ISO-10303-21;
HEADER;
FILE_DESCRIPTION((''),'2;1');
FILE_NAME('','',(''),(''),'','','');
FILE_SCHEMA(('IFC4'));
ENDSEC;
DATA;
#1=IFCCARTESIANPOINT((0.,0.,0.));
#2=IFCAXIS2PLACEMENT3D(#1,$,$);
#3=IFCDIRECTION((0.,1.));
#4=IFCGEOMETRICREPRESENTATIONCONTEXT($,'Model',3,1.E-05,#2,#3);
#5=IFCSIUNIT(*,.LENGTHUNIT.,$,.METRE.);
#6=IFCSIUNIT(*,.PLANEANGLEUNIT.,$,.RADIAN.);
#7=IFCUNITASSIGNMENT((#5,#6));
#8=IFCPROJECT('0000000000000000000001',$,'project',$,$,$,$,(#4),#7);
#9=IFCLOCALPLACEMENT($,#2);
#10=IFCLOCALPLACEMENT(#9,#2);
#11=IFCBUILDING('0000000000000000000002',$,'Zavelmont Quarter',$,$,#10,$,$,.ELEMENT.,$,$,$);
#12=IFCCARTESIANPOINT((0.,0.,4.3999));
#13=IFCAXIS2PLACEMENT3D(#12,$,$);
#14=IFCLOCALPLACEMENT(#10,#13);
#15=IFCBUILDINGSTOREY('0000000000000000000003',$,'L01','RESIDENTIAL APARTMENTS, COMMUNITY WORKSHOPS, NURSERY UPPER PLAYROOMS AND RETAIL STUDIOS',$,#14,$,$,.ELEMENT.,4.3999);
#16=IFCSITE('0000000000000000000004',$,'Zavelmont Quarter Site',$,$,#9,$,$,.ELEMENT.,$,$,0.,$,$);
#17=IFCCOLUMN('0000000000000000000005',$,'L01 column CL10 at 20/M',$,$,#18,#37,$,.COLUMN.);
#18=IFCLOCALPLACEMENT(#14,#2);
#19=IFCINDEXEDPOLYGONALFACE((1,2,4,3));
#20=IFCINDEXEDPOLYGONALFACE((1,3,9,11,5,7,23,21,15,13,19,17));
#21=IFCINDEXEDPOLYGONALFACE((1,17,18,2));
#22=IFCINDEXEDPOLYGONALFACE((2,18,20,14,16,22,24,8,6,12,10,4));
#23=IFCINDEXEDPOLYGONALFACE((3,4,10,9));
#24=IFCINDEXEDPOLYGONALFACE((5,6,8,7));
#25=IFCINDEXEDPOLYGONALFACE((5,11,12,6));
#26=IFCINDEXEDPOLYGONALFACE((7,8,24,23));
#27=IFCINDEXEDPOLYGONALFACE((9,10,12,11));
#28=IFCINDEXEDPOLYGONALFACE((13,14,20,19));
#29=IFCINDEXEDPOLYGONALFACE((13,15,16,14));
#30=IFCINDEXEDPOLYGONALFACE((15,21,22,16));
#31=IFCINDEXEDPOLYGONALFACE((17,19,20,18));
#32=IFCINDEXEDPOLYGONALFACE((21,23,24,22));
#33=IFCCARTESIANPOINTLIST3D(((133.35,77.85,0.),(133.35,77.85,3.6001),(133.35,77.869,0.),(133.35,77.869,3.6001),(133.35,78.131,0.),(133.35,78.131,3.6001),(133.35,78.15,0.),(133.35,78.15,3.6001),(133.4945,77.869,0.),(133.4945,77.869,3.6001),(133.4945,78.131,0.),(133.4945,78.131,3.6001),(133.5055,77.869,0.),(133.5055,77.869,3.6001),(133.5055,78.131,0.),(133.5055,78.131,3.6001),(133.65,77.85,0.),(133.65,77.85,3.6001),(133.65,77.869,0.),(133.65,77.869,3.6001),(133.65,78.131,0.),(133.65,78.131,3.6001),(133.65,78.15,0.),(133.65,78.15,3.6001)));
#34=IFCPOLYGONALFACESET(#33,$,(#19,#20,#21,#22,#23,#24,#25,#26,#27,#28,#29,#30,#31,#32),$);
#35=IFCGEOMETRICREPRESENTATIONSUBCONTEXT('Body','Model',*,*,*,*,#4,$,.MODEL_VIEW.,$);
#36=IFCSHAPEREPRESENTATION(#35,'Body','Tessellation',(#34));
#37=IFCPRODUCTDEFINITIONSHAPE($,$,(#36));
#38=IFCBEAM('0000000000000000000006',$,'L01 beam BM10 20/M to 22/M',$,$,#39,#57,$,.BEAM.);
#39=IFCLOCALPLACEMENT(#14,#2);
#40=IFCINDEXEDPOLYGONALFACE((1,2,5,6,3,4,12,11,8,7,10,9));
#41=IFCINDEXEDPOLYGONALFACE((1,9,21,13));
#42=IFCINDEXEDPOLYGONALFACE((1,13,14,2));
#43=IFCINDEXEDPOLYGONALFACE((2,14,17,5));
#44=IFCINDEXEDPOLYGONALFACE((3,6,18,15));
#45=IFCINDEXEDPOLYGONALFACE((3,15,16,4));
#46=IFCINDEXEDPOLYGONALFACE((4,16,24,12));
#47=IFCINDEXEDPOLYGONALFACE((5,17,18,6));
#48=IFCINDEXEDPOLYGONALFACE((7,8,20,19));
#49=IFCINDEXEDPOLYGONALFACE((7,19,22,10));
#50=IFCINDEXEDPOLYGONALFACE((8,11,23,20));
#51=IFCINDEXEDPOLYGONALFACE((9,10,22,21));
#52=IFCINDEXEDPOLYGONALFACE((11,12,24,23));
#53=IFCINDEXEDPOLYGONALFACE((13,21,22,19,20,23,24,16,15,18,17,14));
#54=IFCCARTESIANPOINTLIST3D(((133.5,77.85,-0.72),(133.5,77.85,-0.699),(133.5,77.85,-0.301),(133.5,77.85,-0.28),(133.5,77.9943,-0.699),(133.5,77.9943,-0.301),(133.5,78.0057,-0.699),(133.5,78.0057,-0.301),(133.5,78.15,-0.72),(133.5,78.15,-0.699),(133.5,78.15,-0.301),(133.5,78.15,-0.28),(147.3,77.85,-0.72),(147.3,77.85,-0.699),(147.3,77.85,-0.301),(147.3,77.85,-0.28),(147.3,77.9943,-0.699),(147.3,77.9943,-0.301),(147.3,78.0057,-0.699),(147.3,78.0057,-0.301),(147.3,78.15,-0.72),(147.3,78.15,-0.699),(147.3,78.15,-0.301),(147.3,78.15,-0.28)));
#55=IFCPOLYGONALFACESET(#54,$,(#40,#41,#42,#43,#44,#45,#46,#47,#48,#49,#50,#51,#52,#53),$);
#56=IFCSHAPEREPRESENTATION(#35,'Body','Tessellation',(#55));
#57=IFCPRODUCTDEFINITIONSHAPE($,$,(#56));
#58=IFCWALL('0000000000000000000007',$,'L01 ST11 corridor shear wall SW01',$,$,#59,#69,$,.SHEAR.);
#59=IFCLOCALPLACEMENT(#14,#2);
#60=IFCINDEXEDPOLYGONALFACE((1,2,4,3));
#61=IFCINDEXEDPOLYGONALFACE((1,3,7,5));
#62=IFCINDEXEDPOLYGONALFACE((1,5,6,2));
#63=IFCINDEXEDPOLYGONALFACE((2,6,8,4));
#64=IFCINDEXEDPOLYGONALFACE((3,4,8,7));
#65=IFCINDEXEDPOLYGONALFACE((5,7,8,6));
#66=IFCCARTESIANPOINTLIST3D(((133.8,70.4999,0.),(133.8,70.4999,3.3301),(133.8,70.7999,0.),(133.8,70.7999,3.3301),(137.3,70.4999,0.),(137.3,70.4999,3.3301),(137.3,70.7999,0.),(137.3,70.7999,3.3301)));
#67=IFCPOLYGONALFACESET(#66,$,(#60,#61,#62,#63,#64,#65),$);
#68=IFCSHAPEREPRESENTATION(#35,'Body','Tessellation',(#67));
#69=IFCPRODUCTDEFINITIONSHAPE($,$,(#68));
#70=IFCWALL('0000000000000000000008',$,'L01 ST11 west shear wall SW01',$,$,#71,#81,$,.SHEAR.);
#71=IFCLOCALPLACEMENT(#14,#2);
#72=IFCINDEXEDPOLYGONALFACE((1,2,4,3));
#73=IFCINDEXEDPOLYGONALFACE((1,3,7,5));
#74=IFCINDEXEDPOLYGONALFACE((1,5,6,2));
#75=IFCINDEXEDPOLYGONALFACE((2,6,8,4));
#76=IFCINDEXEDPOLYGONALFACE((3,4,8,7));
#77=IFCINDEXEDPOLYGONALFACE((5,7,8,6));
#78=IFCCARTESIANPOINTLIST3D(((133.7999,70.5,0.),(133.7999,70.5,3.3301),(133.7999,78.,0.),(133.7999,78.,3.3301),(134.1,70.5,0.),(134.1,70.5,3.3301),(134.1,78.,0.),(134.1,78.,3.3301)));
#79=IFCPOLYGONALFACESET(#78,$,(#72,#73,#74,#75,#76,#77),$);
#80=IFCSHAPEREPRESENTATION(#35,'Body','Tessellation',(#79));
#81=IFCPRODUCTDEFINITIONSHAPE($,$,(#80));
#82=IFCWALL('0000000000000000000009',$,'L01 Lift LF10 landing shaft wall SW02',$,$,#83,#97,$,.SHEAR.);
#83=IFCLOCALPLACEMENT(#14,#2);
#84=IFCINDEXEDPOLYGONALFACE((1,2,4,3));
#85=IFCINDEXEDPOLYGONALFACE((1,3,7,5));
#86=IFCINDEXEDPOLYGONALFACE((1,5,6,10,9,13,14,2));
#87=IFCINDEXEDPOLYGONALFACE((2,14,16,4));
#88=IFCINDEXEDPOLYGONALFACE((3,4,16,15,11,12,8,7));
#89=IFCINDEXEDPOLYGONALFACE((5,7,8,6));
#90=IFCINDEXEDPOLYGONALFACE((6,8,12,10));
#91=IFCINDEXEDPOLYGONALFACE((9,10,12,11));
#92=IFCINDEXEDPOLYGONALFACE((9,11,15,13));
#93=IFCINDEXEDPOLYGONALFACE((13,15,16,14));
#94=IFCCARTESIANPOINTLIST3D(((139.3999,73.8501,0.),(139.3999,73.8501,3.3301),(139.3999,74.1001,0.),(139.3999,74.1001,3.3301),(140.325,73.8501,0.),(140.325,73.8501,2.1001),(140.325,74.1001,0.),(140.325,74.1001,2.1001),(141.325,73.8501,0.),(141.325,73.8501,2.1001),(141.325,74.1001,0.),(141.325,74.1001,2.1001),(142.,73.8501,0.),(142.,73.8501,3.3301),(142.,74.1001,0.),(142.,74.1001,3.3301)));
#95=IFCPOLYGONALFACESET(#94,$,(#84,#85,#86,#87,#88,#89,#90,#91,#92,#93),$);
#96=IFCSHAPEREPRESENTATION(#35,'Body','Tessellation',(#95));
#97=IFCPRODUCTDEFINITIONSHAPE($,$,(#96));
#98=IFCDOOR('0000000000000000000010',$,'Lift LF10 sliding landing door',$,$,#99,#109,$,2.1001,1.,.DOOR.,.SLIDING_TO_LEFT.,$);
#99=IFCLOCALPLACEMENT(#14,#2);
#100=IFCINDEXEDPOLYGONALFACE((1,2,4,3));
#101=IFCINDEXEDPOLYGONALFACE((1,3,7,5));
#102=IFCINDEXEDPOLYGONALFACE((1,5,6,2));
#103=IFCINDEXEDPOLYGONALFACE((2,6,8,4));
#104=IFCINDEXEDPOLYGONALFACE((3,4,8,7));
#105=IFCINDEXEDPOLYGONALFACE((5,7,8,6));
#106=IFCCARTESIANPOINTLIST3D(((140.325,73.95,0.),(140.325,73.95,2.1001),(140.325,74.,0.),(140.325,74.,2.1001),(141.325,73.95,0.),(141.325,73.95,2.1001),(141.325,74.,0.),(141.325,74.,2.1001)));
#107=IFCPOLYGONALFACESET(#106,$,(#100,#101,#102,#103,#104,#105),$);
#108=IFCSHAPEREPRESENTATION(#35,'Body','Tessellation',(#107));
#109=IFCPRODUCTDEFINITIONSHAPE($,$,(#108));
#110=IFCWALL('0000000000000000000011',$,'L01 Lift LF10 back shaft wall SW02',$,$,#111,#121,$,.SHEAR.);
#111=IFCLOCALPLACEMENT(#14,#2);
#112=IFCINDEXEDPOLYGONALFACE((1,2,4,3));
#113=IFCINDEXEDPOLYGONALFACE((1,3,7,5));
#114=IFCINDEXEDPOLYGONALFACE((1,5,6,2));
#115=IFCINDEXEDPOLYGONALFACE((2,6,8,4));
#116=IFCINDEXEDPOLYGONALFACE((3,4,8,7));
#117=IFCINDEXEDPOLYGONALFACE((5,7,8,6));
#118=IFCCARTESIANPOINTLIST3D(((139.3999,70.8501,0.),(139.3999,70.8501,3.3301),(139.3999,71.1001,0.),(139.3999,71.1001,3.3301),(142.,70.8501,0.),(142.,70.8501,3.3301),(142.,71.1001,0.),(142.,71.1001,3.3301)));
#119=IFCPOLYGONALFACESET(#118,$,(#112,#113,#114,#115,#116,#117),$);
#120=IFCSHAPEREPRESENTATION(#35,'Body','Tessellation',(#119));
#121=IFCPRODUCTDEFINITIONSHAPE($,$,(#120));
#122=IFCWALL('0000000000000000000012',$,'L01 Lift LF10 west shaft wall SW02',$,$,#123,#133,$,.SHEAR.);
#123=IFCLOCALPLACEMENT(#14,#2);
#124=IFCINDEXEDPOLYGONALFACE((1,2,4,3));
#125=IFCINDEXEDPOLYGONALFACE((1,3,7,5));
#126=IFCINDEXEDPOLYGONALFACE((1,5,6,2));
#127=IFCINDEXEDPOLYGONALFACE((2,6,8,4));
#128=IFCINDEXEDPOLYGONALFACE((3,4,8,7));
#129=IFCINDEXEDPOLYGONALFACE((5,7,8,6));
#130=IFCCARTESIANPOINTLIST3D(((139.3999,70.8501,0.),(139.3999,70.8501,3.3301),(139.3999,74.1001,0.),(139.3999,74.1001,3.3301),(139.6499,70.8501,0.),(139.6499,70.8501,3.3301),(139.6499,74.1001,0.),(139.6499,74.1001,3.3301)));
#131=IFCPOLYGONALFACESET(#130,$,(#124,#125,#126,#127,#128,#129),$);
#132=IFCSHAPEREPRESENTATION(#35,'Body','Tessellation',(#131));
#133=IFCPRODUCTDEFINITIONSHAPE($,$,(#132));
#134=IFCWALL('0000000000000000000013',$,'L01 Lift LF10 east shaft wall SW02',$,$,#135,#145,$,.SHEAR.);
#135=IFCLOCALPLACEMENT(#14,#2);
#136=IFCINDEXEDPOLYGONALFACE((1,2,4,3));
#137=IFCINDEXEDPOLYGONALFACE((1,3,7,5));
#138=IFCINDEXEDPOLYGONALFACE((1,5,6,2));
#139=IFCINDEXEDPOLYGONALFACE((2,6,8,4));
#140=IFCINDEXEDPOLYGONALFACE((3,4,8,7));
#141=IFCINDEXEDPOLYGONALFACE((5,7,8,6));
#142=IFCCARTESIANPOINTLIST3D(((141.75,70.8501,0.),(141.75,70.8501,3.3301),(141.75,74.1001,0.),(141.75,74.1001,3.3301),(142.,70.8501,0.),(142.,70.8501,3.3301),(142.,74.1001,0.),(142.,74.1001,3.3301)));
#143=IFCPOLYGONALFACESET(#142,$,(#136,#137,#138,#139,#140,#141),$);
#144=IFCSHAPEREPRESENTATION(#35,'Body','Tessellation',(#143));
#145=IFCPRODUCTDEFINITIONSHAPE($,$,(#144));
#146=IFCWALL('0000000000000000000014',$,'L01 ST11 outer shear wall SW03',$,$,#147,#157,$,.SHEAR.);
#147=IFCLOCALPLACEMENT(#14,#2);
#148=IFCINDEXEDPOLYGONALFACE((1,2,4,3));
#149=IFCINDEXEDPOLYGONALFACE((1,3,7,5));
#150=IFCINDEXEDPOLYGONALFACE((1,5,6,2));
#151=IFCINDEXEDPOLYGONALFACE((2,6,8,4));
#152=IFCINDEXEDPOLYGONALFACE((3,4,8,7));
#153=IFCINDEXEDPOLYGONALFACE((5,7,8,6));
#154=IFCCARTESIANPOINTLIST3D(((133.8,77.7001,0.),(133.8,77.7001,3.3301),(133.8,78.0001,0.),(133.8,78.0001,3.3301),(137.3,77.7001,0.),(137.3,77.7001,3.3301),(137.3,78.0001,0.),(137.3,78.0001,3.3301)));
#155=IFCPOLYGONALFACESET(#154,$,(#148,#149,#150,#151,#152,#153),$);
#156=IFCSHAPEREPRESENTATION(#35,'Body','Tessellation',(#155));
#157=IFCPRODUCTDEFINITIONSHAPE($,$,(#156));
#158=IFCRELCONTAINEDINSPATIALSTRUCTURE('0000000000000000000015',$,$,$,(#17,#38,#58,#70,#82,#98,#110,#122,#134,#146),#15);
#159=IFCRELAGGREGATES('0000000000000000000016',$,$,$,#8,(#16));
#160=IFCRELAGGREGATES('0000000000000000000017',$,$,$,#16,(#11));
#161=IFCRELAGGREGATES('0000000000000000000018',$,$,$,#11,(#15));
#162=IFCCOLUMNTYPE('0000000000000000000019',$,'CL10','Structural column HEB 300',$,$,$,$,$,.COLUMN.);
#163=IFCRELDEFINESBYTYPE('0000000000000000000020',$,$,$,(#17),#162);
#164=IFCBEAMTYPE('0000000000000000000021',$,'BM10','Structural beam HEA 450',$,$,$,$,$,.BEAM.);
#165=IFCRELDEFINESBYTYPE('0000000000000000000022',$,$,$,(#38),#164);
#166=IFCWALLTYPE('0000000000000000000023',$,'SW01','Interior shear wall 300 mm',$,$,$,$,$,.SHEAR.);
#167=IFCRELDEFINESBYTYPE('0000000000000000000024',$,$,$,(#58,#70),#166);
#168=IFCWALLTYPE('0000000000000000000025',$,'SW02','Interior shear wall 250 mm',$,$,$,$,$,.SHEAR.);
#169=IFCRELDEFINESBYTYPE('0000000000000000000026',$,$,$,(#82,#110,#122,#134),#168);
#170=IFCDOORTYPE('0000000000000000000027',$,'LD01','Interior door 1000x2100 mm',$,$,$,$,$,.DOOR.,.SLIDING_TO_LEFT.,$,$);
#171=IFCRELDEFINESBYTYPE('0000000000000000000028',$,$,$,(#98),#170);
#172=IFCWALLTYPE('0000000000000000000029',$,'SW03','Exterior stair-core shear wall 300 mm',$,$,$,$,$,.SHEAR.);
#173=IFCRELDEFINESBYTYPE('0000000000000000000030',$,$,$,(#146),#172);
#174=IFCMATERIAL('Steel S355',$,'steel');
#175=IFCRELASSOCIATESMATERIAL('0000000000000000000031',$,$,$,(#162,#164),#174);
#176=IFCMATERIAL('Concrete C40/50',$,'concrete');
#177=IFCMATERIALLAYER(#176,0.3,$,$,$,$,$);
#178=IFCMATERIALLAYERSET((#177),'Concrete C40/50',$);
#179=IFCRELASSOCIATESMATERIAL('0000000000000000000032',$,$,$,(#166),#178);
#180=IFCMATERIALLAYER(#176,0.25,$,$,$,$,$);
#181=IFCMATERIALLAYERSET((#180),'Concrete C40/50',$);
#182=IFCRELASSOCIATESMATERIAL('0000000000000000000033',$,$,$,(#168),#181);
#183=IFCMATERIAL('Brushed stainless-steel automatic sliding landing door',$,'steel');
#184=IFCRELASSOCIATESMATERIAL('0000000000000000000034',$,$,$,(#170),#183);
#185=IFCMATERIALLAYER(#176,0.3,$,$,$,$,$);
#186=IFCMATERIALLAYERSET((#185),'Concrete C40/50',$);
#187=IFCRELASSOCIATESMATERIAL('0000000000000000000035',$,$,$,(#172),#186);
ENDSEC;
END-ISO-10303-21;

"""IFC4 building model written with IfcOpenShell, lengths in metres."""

from ifc_helpers import new_model, si_unit, direction, frame, frame_2d, origin, origin_with_axes, origin_2d, place, context, subcontext, project, spatial, rectangle, i_section, extrude, material, layer, layer_set, material_profile, profile_set, type_object, element, fill, save


model = new_model("IFC4")

# Units and contexts
model_context = context("Model", 3, precision=1e-05, world=origin(), true_north=direction((0.0, 1.0)))
body_context = subcontext(model_context, "Body", "Model", "MODEL_VIEW")
ifc_project = project(units=[si_unit("LENGTHUNIT", "METRE"), si_unit("PLANEANGLEUNIT", "RADIAN")], contexts=[model_context])

# Site, building, storey
site_placement = place(None, origin())
site = spatial("IfcSite", under=ifc_project, at=site_placement, Name="Zavelmont Quarter Site", CompositionType="ELEMENT", RefElevation=0.0)
building_placement = place(site_placement, origin())
building = spatial("IfcBuilding", under=site, at=building_placement, Name="Zavelmont Quarter", CompositionType="ELEMENT")
storey_placement = place(building_placement, frame((0.0, 0.0, 4.3999)))
storey = spatial("IfcBuildingStorey", under=building, at=storey_placement, Name="L01", Description="RESIDENTIAL APARTMENTS, COMMUNITY WORKSHOPS, NURSERY UPPER PLAYROOMS AND RETAIL STUDIOS", CompositionType="ELEMENT", Elevation=4.3999)

# Column
ifc_material_1 = material(Name="Steel S355", Category="steel")
ifc_material_profile_1 = material_profile(ifc_material_1, i_section(OverallWidth=0.3, OverallDepth=0.3, WebThickness=0.011, FlangeThickness=0.019, at=origin_2d()), Name="HEB 300")
ifc_profile_set_1 = profile_set([ifc_material_profile_1], Name="Steel S355")
column_type = type_object("IfcColumnType", Name="CL10", Description="Structural column HEB 300", PredefinedType="COLUMN", material=ifc_profile_set_1)
column_placement = place(storey_placement, frame((133.5, 78.0, 0.0), z_axis=(0.0, 0.0, 1.0), x_axis=(1.0, 0.0, 0.0)))
element("IfcColumn", 1, at=column_placement, inside=storey, type_object=column_type, Name="L01 column CL10 at 20/M", PredefinedType="COLUMN", context=body_context, shape_type="SweptSolid", body=[
    extrude(i_section(OverallWidth=0.3, OverallDepth=0.3, WebThickness=0.011, FlangeThickness=0.019, at=origin_2d()), origin(), (0.0, 0.0, 1.0), 3.6001),
])

# Beam
ifc_material_profile_2 = material_profile(ifc_material_1, i_section(OverallWidth=0.3, OverallDepth=0.4399, WebThickness=0.0115, FlangeThickness=0.021, at=origin_2d()), Name="HEA 450")
ifc_profile_set_2 = profile_set([ifc_material_profile_2], Name="Steel S355")
beam_type = type_object("IfcBeamType", Name="BM10", Description="Structural beam HEA 450", PredefinedType="BEAM", material=ifc_profile_set_2)
beam_placement = place(storey_placement, frame((133.5, 78.0, -0.5), z_axis=(1.0, 0.0, 0.0), x_axis=(0.0, 1.0, 0.0)))
element("IfcBeam", 2, at=beam_placement, inside=storey, type_object=beam_type, Name="L01 beam BM10 20/M to 22/M", PredefinedType="BEAM", context=body_context, shape_type="SweptSolid", body=[
    extrude(i_section(OverallWidth=0.3, OverallDepth=0.4399, WebThickness=0.0115, FlangeThickness=0.021, at=origin_2d()), origin(), (0.0, 0.0, 1.0), 13.8),
])

# Walls
ifc_material_2 = material(Name="Concrete C40/50", Category="concrete")
ifc_layer_1 = layer(ifc_material_2, 0.3)
ifc_layer_set_1 = layer_set([ifc_layer_1], Name="Concrete C40/50")
wall_type_1 = type_object("IfcWallType", Name="SW01", Description="Interior shear wall 300 mm", PredefinedType="SHEAR", material=ifc_layer_set_1)
wall_1_placement = place(storey_placement, frame((133.8, 70.6499, 0.0), z_axis=(0.0, 0.0, 1.0), x_axis=(1.0, 0.0, 0.0)))
element("IfcWall", 3, at=wall_1_placement, inside=storey, type_object=wall_type_1, Name="L01 ST11 corridor shear wall SW01", PredefinedType="SHEAR", context=body_context, shape_type="SweptSolid", body=[
    extrude(rectangle(XDim=3.5, YDim=0.3, at=frame_2d((1.75, 0.0))), origin(), (0.0, 0.0, 1.0), 3.3301),
])
wall_2_placement = place(storey_placement, frame((133.95, 70.5, 0.0), z_axis=(0.0, 0.0, 1.0), x_axis=(0.0, 1.0, 0.0)))
element("IfcWall", 4, at=wall_2_placement, inside=storey, type_object=wall_type_1, Name="L01 ST11 west shear wall SW01", PredefinedType="SHEAR", context=body_context, shape_type="SweptSolid", body=[
    extrude(rectangle(XDim=7.5, YDim=0.3, at=frame_2d((3.75, 0.0))), origin(), (0.0, 0.0, 1.0), 3.3301),
])

# Wall, opening, door
ifc_layer_2 = layer(ifc_material_2, 0.25)
ifc_layer_set_2 = layer_set([ifc_layer_2], Name="Concrete C40/50")
wall_type_2 = type_object("IfcWallType", Name="SW02", Description="Interior shear wall 250 mm", PredefinedType="SHEAR", material=ifc_layer_set_2)
wall_3_placement = place(storey_placement, frame((139.3999, 73.9751, 0.0), z_axis=(0.0, 0.0, 1.0), x_axis=(1.0, 0.0, 0.0)))
wall_3 = element("IfcWall", 5, at=wall_3_placement, inside=storey, type_object=wall_type_2, Name="L01 Lift LF10 landing shaft wall SW02", PredefinedType="SHEAR", context=body_context, shape_type="SweptSolid", body=[
    extrude(rectangle(XDim=2.6001, YDim=0.25, at=frame_2d((1.3, 0.0))), origin(), (0.0, 0.0, 1.0), 3.3301),
])
opening_1_placement = place(wall_3_placement, frame((0.925, 0.0, 0.0)))
opening_1 = element("IfcOpeningElement", 6, at=opening_1_placement, cuts=wall_3, PredefinedType="OPENING", context=body_context, shape_type="SweptSolid", body=[
    extrude(rectangle(XDim=1.0, YDim=2.1001, at=frame_2d((0.5, 1.05))), frame((0.0, 0.137, 0.0), z_axis=(0.0, -1.0, 0.0), x_axis=(1.0, 0.0, 0.0)), (0.0, 0.0, 1.0), 0.2739),
])
ifc_material_3 = material(Name="Brushed stainless-steel automatic sliding landing door", Category="steel")
door_type_1 = type_object("IfcDoorType", Name="LD01", Description="Interior door 1000x2100 mm", OperationType="SLIDING_TO_LEFT", PredefinedType="DOOR", material=ifc_material_3)
door_1_placement = place(opening_1_placement, origin_with_axes())
door_1 = element("IfcDoor", 7, at=door_1_placement, inside=storey, type_object=door_type_1, Name="Lift LF10 sliding landing door", OperationType="SLIDING_TO_LEFT", OverallHeight=2.1001, OverallWidth=1.0, PredefinedType="DOOR", context=body_context, shape_type="SweptSolid", body=[
    extrude(rectangle(XDim=1.0, YDim=2.1001, at=frame_2d((0.5, 1.05))), frame((0.0, 0.0249, 0.0), z_axis=(0.0, -1.0, 0.0), x_axis=(1.0, 0.0, 0.0)), (0.0, 0.0, 1.0), 0.05),
])
fill(opening_1, door_1)

# Walls
wall_4_placement = place(storey_placement, frame((139.3999, 70.9751, 0.0), z_axis=(0.0, 0.0, 1.0), x_axis=(1.0, 0.0, 0.0)))
element("IfcWall", 8, at=wall_4_placement, inside=storey, type_object=wall_type_2, Name="L01 Lift LF10 back shaft wall SW02", PredefinedType="SHEAR", context=body_context, shape_type="SweptSolid", body=[
    extrude(rectangle(XDim=2.6001, YDim=0.25, at=frame_2d((1.3, 0.0))), origin(), (0.0, 0.0, 1.0), 3.3301),
])
for number, where, z_axis, x_axis, name in (
    (9, (139.5249, 70.8501, 0.0), (0.0, 0.0, 1.0), (0.0, 1.0, 0.0), "L01 Lift LF10 west shaft wall SW02"),
    (10, (141.875, 70.8501, 0.0), (0.0, 0.0, 1.0), (0.0, 1.0, 0.0), "L01 Lift LF10 east shaft wall SW02"),
):
    element("IfcWall", number, at=place(storey_placement, frame(where, z_axis=z_axis, x_axis=x_axis)), inside=storey, type_object=wall_type_2, Name=name, PredefinedType="SHEAR", context=body_context, shape_type="SweptSolid", body=[
        extrude(rectangle(XDim=3.25, YDim=0.25, at=frame_2d((1.625, 0.0))), origin(), (0.0, 0.0, 1.0), 3.3301),
    ])
ifc_layer_3 = layer(ifc_material_2, 0.3)
ifc_layer_set_3 = layer_set([ifc_layer_3], Name="Concrete C40/50")
wall_type_3 = type_object("IfcWallType", Name="SW03", Description="Exterior stair-core shear wall 300 mm", PredefinedType="SHEAR", material=ifc_layer_set_3)
wall_5_placement = place(storey_placement, frame((133.8, 77.8501, 0.0), z_axis=(0.0, 0.0, 1.0), x_axis=(1.0, 0.0, 0.0)))
element("IfcWall", 11, at=wall_5_placement, inside=storey, type_object=wall_type_3, Name="L01 ST11 outer shear wall SW03", PredefinedType="SHEAR", context=body_context, shape_type="SweptSolid", body=[
    extrude(rectangle(XDim=3.5, YDim=0.3, at=frame_2d((1.75, 0.0))), origin(), (0.0, 0.0, 1.0), 3.3301),
])

save(model, "model.ifc")
